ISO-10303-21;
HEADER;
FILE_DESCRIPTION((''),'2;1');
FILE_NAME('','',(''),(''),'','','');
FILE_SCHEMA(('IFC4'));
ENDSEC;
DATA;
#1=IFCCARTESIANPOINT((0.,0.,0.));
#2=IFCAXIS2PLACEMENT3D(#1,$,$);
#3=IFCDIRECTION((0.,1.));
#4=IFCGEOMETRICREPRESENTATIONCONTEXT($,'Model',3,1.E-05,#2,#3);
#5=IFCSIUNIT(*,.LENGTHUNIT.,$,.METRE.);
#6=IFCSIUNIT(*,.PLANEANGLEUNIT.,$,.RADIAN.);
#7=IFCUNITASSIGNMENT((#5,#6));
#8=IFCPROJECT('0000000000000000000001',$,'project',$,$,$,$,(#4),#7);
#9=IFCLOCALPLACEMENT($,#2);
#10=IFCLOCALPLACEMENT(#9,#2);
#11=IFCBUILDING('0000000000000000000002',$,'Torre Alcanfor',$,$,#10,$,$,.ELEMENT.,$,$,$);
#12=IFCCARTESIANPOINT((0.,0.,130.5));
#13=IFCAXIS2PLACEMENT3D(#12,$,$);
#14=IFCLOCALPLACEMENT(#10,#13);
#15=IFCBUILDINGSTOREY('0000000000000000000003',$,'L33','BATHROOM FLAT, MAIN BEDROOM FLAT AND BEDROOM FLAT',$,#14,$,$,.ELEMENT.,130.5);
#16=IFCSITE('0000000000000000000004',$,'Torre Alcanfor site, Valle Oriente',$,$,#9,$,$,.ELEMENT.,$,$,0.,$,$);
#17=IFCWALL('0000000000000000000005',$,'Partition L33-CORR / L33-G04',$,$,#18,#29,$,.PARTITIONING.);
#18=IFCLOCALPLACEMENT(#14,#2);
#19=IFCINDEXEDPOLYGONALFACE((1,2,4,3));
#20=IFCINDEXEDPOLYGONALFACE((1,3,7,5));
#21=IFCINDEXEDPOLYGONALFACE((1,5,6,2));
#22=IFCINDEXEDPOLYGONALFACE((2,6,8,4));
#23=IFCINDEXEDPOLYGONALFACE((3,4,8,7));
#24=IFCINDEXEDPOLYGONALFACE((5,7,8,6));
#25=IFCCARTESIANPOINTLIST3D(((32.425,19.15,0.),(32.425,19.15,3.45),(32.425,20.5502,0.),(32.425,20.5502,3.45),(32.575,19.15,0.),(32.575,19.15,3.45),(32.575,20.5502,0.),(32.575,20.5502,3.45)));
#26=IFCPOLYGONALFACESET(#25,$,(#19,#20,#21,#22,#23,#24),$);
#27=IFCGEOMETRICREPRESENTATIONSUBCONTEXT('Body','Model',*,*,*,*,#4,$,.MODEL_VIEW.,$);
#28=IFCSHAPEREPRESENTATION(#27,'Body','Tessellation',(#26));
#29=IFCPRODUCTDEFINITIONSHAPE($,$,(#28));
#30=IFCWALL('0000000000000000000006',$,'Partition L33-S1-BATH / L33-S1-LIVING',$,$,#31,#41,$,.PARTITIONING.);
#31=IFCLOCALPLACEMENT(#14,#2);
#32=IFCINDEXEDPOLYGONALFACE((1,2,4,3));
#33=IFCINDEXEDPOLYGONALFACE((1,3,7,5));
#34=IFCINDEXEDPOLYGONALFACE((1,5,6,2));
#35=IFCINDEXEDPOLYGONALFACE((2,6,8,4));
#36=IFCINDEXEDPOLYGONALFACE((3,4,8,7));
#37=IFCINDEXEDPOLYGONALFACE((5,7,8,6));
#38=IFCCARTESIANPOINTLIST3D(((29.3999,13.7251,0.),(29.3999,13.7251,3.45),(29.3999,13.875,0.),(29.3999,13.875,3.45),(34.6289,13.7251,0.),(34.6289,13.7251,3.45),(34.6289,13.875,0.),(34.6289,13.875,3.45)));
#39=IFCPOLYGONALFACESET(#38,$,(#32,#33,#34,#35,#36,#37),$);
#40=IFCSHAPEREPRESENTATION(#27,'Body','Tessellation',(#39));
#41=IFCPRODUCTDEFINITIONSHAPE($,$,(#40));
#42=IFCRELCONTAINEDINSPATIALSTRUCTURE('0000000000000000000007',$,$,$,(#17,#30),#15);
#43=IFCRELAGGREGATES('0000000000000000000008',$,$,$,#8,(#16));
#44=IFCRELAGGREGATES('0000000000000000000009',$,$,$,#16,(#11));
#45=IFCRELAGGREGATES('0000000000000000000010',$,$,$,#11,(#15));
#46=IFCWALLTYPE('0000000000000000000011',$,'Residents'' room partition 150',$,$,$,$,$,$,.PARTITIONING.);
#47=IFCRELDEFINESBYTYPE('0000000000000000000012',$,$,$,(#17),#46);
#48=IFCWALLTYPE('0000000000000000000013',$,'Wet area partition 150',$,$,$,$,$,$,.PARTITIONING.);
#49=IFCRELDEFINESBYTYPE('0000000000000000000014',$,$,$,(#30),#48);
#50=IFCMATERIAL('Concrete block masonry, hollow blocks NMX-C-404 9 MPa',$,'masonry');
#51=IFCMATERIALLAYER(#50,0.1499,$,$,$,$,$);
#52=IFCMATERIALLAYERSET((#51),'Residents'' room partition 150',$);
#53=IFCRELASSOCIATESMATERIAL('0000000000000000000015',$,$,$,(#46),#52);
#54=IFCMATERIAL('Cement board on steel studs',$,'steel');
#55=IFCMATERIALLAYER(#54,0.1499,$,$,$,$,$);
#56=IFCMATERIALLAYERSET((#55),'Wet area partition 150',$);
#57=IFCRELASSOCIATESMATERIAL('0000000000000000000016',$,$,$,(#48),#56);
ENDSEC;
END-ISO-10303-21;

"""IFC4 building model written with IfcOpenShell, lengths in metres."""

from ifc_helpers import new_model, si_unit, direction, frame, frame_2d, origin, place, context, subcontext, project, spatial, rectangle, extrude, material, layer, layer_set, type_object, element, save


model = new_model("IFC4")

# Units and contexts
model_context = context("Model", 3, precision=1e-05, world=origin(), true_north=direction((0.0, 1.0)))
body_context = subcontext(model_context, "Body", "Model", "MODEL_VIEW")
ifc_project = project(units=[si_unit("LENGTHUNIT", "METRE"), si_unit("PLANEANGLEUNIT", "RADIAN")], contexts=[model_context])

# Site, building, storey
site_placement = place(None, origin())
site = spatial("IfcSite", under=ifc_project, at=site_placement, Name="Torre Alcanfor site, Valle Oriente", CompositionType="ELEMENT", RefElevation=0.0)
building_placement = place(site_placement, origin())
building = spatial("IfcBuilding", under=site, at=building_placement, Name="Torre Alcanfor", CompositionType="ELEMENT")
storey_placement = place(building_placement, frame((0.0, 0.0, 130.5)))
storey = spatial("IfcBuildingStorey", under=building, at=storey_placement, Name="L33", Description="BATHROOM FLAT, MAIN BEDROOM FLAT AND BEDROOM FLAT", CompositionType="ELEMENT", Elevation=130.5)

# Walls
ifc_material_1 = material(Name="Concrete block masonry, hollow blocks NMX-C-404 9 MPa", Category="masonry")
ifc_layer_1 = layer(ifc_material_1, 0.1499)
ifc_layer_set_1 = layer_set([ifc_layer_1], Name="Residents' room partition 150")
wall_type_1 = type_object("IfcWallType", Name="Residents' room partition 150", PredefinedType="PARTITIONING", material=ifc_layer_set_1)
wall_1_placement = place(storey_placement, frame((32.5, 19.1499, 0.0), z_axis=(0.0, 0.0, 1.0), x_axis=(0.0, 1.0, 0.0)))
element("IfcWall", 1, at=wall_1_placement, inside=storey, type_object=wall_type_1, Name="Partition L33-CORR / L33-G04", PredefinedType="PARTITIONING", context=body_context, shape_type="SweptSolid", body=[
    extrude(rectangle(XDim=1.4001, YDim=0.1499, at=frame_2d((0.7002, 0.0))), origin(), (0.0, 0.0, 1.0), 3.45),
])
ifc_material_2 = material(Name="Cement board on steel studs", Category="steel")
ifc_layer_2 = layer(ifc_material_2, 0.1499)
ifc_layer_set_2 = layer_set([ifc_layer_2], Name="Wet area partition 150")
wall_type_2 = type_object("IfcWallType", Name="Wet area partition 150", PredefinedType="PARTITIONING", material=ifc_layer_set_2)
wall_2_placement = place(storey_placement, frame((34.6289, 13.8, 0.0), z_axis=(0.0, 0.0, 1.0), x_axis=(-1.0, 0.0, 0.0)))
element("IfcWall", 2, at=wall_2_placement, inside=storey, type_object=wall_type_2, Name="Partition L33-S1-BATH / L33-S1-LIVING", PredefinedType="PARTITIONING", context=body_context, shape_type="SweptSolid", body=[
    extrude(rectangle(XDim=5.229, YDim=0.1499, at=frame_2d((2.6145, 0.0))), origin(), (0.0, 0.0, 1.0), 3.45),
])

save(model, "model.ifc")
